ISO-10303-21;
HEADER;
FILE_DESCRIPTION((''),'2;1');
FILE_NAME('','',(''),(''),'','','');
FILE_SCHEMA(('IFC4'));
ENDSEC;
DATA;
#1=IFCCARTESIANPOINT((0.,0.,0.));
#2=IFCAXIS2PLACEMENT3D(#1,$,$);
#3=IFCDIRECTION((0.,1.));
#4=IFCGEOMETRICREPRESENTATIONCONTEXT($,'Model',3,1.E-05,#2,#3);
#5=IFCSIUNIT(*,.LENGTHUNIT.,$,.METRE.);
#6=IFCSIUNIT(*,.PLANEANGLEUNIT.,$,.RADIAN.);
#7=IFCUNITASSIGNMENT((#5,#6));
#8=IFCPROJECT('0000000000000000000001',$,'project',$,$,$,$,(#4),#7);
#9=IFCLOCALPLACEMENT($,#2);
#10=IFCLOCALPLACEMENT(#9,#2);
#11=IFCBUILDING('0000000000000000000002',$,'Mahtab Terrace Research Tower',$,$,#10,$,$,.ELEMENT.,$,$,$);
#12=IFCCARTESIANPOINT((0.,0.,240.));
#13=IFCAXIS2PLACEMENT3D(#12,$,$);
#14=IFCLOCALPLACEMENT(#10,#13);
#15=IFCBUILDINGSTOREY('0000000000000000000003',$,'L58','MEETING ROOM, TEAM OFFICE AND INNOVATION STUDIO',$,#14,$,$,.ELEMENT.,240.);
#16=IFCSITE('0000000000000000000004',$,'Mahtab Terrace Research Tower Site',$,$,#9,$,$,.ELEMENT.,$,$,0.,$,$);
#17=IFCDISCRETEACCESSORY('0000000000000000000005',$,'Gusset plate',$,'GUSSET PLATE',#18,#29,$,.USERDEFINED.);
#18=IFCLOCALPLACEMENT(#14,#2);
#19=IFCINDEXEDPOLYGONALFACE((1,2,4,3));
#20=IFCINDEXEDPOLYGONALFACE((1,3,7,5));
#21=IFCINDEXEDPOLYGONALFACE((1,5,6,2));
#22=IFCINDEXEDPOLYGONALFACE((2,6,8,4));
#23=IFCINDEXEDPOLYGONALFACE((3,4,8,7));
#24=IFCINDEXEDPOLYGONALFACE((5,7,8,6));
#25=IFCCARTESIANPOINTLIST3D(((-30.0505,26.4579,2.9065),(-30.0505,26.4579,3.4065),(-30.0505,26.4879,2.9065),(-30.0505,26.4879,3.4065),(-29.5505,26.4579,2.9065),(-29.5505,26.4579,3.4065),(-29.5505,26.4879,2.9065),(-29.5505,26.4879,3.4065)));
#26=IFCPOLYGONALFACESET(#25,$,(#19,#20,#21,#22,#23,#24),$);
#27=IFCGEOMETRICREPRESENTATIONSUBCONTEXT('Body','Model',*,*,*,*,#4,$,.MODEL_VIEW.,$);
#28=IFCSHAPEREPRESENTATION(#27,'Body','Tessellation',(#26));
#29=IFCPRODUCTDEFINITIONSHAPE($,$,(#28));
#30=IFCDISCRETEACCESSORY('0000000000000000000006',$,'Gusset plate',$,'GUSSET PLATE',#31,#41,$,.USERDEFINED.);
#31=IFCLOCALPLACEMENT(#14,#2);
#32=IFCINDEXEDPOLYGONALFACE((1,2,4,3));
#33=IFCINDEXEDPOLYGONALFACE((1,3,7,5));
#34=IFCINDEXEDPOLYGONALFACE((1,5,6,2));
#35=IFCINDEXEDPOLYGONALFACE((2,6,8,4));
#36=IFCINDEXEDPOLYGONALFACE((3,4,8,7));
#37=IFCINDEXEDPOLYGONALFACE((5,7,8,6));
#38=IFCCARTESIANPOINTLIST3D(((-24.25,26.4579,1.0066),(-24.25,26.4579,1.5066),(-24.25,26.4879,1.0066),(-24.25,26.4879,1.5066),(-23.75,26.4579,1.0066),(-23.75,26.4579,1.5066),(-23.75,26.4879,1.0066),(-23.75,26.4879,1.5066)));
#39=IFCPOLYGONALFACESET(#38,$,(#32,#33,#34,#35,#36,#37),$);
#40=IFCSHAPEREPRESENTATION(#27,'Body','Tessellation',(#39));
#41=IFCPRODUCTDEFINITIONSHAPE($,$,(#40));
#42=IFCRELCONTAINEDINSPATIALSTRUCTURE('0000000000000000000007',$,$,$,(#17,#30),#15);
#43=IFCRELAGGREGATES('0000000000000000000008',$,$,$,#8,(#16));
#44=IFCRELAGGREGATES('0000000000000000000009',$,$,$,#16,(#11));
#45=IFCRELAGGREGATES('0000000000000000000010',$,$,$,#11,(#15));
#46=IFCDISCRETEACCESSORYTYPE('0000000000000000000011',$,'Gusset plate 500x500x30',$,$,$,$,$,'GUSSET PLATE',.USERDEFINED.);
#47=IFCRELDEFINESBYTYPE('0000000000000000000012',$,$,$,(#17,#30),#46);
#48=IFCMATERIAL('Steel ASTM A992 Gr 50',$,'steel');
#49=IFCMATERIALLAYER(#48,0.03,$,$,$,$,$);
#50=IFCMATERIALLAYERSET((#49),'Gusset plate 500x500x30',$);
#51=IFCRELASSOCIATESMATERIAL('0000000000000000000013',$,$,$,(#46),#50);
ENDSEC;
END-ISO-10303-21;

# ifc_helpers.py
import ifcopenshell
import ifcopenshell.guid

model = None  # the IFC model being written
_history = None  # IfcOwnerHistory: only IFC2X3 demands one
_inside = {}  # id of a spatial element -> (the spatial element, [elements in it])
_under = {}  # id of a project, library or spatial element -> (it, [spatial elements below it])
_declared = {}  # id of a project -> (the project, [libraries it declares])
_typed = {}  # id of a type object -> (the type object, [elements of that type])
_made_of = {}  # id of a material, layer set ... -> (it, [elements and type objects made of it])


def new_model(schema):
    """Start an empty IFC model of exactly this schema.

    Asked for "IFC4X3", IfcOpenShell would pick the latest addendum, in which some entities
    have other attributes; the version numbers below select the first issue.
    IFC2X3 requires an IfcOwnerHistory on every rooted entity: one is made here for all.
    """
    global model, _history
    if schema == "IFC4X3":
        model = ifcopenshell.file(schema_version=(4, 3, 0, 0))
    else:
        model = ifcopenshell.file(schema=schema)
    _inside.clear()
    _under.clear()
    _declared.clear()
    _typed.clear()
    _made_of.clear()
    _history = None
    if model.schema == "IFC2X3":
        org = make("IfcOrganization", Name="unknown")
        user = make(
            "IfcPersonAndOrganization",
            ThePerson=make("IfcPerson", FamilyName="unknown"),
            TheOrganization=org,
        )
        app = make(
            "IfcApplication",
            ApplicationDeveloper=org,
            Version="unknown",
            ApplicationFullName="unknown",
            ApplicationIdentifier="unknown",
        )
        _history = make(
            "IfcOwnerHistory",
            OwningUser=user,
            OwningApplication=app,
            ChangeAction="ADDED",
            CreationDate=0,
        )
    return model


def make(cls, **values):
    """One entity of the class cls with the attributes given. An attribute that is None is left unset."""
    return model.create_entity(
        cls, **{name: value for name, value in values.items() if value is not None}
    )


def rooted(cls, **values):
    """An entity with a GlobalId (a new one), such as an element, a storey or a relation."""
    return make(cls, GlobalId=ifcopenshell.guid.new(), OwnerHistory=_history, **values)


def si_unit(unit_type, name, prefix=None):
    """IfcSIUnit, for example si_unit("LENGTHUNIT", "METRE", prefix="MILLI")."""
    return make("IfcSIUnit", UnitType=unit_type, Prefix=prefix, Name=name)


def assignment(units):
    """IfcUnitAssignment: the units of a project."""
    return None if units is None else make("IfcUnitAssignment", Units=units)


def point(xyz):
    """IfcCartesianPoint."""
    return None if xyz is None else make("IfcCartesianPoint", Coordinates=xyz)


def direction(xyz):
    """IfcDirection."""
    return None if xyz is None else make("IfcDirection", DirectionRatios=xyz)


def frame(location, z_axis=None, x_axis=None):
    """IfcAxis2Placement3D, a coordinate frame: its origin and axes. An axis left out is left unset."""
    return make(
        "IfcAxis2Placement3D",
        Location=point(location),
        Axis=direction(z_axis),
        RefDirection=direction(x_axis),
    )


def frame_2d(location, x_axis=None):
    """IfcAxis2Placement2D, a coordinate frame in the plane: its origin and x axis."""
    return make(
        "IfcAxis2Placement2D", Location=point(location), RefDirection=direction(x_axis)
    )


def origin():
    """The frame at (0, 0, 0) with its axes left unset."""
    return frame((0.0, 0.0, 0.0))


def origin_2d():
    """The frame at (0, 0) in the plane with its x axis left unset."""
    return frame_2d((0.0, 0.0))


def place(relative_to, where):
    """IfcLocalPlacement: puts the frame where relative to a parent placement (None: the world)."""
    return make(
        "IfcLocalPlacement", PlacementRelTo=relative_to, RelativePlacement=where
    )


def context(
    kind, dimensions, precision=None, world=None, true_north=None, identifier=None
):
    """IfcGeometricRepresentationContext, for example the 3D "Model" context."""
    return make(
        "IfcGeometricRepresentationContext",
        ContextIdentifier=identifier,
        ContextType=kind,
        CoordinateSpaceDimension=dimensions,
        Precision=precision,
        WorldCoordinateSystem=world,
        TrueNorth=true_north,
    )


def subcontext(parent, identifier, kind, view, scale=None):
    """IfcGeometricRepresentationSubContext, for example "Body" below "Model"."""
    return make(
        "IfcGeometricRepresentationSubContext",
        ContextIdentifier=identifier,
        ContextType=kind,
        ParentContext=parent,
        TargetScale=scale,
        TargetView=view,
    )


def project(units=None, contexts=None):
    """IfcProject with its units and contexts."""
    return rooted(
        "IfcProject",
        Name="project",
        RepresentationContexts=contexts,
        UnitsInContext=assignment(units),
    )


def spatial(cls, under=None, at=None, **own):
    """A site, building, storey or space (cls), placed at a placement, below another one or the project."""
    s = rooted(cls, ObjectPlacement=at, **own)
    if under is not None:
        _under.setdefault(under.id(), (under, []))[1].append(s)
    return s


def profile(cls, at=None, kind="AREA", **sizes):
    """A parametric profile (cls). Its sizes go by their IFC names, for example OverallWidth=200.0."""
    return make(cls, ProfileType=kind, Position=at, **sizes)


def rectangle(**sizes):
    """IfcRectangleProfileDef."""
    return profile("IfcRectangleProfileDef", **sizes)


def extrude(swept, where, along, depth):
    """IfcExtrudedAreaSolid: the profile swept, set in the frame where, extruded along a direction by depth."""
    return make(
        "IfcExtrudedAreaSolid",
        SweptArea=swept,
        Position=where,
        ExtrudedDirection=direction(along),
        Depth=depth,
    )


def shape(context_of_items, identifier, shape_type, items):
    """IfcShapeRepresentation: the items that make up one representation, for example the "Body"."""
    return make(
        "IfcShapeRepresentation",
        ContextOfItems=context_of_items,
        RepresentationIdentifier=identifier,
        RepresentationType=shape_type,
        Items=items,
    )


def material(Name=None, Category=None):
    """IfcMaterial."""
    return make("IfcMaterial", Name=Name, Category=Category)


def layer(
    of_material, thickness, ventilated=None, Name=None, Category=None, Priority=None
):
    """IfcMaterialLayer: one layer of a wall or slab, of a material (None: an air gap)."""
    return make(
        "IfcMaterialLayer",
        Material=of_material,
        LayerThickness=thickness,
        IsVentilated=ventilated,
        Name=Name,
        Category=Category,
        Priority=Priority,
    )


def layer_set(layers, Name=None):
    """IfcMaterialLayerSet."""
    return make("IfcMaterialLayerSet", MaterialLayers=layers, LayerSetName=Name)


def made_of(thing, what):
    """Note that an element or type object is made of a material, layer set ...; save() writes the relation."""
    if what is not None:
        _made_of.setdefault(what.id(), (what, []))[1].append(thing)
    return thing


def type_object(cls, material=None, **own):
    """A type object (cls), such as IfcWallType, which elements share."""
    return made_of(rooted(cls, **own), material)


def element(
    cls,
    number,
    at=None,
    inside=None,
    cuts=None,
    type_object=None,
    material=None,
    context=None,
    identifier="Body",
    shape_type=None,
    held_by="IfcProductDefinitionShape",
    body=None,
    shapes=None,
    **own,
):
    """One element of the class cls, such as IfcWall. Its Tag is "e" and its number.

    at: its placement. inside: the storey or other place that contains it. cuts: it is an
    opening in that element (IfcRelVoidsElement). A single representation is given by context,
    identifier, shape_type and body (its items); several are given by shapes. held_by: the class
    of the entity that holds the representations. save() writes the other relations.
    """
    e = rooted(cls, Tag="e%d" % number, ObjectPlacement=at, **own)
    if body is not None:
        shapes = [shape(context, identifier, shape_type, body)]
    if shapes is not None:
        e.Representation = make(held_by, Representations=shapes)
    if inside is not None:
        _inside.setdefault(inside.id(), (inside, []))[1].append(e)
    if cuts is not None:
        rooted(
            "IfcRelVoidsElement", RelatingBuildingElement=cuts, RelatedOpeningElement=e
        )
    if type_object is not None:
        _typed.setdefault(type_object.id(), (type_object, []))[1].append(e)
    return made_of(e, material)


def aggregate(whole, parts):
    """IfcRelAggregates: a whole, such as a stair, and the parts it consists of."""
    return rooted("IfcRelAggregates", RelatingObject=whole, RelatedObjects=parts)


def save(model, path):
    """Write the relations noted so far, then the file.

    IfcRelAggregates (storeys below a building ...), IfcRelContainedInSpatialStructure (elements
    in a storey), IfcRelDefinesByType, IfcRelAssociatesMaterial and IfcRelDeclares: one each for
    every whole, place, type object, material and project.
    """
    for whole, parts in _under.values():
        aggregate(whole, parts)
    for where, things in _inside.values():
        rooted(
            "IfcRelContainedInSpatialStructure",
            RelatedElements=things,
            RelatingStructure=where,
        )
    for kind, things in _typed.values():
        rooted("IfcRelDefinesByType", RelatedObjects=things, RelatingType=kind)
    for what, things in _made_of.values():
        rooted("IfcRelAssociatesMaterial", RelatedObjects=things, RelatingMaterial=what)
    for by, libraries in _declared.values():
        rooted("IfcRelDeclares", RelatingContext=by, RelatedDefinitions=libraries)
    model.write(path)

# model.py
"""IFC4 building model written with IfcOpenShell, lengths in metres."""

from ifc_helpers import new_model, si_unit, direction, frame, origin, origin_2d, place, context, subcontext, project, spatial, rectangle, extrude, material, layer, layer_set, type_object, element, save


model = new_model("IFC4")

# Units and contexts
model_context = context("Model", 3, precision=1e-05, world=origin(), true_north=direction((0.0, 1.0)))
body_context = subcontext(model_context, "Body", "Model", "MODEL_VIEW")
ifc_project = project(units=[si_unit("LENGTHUNIT", "METRE"), si_unit("PLANEANGLEUNIT", "RADIAN")], contexts=[model_context])

# Site, building, storey
site_placement = place(None, origin())
site = spatial("IfcSite", under=ifc_project, at=site_placement, Name="Mahtab Terrace Research Tower Site", CompositionType="ELEMENT", RefElevation=0.0)
building_placement = place(site_placement, origin())
building = spatial("IfcBuilding", under=site, at=building_placement, Name="Mahtab Terrace Research Tower", CompositionType="ELEMENT")
storey_placement = place(building_placement, frame((0.0, 0.0, 240.0)))
storey = spatial("IfcBuildingStorey", under=building, at=storey_placement, Name="L58", Description="MEETING ROOM, TEAM OFFICE AND INNOVATION STUDIO", CompositionType="ELEMENT", Elevation=240.0)

# Shared definitions
ifc_material_1 = material(Name="Steel ASTM A992 Gr 50", Category="steel")

# Discrete accessories
ifc_layer_1 = layer(ifc_material_1, 0.03)
ifc_layer_set_1 = layer_set([ifc_layer_1], Name="Gusset plate 500x500x30")
discrete_accessory_type = type_object("IfcDiscreteAccessoryType", Name="Gusset plate 500x500x30", ElementType="GUSSET PLATE", PredefinedType="USERDEFINED", material=ifc_layer_set_1)
for number, where, z_axis, x_axis, name in (
    (1, (-29.8005, 26.4729, 2.9065), (0.0, 0.0, 1.0), (1.0, 0.0, 0.0), "Gusset plate"),
    (2, (-24.0, 26.4729, 1.0066), (0.0, 0.0, 1.0), (1.0, 0.0, 0.0), "Gusset plate"),
):
    element("IfcDiscreteAccessory", number, at=place(storey_placement, frame(where, z_axis=z_axis, x_axis=x_axis)), inside=storey, type_object=discrete_accessory_type, Name=name, ObjectType="GUSSET PLATE", PredefinedType="USERDEFINED", context=body_context, shape_type="SweptSolid", body=[
        extrude(rectangle(XDim=0.5, YDim=0.03, at=origin_2d()), origin(), (0.0, 0.0, 1.0), 0.5),
    ])

save(model, "model.ifc")
